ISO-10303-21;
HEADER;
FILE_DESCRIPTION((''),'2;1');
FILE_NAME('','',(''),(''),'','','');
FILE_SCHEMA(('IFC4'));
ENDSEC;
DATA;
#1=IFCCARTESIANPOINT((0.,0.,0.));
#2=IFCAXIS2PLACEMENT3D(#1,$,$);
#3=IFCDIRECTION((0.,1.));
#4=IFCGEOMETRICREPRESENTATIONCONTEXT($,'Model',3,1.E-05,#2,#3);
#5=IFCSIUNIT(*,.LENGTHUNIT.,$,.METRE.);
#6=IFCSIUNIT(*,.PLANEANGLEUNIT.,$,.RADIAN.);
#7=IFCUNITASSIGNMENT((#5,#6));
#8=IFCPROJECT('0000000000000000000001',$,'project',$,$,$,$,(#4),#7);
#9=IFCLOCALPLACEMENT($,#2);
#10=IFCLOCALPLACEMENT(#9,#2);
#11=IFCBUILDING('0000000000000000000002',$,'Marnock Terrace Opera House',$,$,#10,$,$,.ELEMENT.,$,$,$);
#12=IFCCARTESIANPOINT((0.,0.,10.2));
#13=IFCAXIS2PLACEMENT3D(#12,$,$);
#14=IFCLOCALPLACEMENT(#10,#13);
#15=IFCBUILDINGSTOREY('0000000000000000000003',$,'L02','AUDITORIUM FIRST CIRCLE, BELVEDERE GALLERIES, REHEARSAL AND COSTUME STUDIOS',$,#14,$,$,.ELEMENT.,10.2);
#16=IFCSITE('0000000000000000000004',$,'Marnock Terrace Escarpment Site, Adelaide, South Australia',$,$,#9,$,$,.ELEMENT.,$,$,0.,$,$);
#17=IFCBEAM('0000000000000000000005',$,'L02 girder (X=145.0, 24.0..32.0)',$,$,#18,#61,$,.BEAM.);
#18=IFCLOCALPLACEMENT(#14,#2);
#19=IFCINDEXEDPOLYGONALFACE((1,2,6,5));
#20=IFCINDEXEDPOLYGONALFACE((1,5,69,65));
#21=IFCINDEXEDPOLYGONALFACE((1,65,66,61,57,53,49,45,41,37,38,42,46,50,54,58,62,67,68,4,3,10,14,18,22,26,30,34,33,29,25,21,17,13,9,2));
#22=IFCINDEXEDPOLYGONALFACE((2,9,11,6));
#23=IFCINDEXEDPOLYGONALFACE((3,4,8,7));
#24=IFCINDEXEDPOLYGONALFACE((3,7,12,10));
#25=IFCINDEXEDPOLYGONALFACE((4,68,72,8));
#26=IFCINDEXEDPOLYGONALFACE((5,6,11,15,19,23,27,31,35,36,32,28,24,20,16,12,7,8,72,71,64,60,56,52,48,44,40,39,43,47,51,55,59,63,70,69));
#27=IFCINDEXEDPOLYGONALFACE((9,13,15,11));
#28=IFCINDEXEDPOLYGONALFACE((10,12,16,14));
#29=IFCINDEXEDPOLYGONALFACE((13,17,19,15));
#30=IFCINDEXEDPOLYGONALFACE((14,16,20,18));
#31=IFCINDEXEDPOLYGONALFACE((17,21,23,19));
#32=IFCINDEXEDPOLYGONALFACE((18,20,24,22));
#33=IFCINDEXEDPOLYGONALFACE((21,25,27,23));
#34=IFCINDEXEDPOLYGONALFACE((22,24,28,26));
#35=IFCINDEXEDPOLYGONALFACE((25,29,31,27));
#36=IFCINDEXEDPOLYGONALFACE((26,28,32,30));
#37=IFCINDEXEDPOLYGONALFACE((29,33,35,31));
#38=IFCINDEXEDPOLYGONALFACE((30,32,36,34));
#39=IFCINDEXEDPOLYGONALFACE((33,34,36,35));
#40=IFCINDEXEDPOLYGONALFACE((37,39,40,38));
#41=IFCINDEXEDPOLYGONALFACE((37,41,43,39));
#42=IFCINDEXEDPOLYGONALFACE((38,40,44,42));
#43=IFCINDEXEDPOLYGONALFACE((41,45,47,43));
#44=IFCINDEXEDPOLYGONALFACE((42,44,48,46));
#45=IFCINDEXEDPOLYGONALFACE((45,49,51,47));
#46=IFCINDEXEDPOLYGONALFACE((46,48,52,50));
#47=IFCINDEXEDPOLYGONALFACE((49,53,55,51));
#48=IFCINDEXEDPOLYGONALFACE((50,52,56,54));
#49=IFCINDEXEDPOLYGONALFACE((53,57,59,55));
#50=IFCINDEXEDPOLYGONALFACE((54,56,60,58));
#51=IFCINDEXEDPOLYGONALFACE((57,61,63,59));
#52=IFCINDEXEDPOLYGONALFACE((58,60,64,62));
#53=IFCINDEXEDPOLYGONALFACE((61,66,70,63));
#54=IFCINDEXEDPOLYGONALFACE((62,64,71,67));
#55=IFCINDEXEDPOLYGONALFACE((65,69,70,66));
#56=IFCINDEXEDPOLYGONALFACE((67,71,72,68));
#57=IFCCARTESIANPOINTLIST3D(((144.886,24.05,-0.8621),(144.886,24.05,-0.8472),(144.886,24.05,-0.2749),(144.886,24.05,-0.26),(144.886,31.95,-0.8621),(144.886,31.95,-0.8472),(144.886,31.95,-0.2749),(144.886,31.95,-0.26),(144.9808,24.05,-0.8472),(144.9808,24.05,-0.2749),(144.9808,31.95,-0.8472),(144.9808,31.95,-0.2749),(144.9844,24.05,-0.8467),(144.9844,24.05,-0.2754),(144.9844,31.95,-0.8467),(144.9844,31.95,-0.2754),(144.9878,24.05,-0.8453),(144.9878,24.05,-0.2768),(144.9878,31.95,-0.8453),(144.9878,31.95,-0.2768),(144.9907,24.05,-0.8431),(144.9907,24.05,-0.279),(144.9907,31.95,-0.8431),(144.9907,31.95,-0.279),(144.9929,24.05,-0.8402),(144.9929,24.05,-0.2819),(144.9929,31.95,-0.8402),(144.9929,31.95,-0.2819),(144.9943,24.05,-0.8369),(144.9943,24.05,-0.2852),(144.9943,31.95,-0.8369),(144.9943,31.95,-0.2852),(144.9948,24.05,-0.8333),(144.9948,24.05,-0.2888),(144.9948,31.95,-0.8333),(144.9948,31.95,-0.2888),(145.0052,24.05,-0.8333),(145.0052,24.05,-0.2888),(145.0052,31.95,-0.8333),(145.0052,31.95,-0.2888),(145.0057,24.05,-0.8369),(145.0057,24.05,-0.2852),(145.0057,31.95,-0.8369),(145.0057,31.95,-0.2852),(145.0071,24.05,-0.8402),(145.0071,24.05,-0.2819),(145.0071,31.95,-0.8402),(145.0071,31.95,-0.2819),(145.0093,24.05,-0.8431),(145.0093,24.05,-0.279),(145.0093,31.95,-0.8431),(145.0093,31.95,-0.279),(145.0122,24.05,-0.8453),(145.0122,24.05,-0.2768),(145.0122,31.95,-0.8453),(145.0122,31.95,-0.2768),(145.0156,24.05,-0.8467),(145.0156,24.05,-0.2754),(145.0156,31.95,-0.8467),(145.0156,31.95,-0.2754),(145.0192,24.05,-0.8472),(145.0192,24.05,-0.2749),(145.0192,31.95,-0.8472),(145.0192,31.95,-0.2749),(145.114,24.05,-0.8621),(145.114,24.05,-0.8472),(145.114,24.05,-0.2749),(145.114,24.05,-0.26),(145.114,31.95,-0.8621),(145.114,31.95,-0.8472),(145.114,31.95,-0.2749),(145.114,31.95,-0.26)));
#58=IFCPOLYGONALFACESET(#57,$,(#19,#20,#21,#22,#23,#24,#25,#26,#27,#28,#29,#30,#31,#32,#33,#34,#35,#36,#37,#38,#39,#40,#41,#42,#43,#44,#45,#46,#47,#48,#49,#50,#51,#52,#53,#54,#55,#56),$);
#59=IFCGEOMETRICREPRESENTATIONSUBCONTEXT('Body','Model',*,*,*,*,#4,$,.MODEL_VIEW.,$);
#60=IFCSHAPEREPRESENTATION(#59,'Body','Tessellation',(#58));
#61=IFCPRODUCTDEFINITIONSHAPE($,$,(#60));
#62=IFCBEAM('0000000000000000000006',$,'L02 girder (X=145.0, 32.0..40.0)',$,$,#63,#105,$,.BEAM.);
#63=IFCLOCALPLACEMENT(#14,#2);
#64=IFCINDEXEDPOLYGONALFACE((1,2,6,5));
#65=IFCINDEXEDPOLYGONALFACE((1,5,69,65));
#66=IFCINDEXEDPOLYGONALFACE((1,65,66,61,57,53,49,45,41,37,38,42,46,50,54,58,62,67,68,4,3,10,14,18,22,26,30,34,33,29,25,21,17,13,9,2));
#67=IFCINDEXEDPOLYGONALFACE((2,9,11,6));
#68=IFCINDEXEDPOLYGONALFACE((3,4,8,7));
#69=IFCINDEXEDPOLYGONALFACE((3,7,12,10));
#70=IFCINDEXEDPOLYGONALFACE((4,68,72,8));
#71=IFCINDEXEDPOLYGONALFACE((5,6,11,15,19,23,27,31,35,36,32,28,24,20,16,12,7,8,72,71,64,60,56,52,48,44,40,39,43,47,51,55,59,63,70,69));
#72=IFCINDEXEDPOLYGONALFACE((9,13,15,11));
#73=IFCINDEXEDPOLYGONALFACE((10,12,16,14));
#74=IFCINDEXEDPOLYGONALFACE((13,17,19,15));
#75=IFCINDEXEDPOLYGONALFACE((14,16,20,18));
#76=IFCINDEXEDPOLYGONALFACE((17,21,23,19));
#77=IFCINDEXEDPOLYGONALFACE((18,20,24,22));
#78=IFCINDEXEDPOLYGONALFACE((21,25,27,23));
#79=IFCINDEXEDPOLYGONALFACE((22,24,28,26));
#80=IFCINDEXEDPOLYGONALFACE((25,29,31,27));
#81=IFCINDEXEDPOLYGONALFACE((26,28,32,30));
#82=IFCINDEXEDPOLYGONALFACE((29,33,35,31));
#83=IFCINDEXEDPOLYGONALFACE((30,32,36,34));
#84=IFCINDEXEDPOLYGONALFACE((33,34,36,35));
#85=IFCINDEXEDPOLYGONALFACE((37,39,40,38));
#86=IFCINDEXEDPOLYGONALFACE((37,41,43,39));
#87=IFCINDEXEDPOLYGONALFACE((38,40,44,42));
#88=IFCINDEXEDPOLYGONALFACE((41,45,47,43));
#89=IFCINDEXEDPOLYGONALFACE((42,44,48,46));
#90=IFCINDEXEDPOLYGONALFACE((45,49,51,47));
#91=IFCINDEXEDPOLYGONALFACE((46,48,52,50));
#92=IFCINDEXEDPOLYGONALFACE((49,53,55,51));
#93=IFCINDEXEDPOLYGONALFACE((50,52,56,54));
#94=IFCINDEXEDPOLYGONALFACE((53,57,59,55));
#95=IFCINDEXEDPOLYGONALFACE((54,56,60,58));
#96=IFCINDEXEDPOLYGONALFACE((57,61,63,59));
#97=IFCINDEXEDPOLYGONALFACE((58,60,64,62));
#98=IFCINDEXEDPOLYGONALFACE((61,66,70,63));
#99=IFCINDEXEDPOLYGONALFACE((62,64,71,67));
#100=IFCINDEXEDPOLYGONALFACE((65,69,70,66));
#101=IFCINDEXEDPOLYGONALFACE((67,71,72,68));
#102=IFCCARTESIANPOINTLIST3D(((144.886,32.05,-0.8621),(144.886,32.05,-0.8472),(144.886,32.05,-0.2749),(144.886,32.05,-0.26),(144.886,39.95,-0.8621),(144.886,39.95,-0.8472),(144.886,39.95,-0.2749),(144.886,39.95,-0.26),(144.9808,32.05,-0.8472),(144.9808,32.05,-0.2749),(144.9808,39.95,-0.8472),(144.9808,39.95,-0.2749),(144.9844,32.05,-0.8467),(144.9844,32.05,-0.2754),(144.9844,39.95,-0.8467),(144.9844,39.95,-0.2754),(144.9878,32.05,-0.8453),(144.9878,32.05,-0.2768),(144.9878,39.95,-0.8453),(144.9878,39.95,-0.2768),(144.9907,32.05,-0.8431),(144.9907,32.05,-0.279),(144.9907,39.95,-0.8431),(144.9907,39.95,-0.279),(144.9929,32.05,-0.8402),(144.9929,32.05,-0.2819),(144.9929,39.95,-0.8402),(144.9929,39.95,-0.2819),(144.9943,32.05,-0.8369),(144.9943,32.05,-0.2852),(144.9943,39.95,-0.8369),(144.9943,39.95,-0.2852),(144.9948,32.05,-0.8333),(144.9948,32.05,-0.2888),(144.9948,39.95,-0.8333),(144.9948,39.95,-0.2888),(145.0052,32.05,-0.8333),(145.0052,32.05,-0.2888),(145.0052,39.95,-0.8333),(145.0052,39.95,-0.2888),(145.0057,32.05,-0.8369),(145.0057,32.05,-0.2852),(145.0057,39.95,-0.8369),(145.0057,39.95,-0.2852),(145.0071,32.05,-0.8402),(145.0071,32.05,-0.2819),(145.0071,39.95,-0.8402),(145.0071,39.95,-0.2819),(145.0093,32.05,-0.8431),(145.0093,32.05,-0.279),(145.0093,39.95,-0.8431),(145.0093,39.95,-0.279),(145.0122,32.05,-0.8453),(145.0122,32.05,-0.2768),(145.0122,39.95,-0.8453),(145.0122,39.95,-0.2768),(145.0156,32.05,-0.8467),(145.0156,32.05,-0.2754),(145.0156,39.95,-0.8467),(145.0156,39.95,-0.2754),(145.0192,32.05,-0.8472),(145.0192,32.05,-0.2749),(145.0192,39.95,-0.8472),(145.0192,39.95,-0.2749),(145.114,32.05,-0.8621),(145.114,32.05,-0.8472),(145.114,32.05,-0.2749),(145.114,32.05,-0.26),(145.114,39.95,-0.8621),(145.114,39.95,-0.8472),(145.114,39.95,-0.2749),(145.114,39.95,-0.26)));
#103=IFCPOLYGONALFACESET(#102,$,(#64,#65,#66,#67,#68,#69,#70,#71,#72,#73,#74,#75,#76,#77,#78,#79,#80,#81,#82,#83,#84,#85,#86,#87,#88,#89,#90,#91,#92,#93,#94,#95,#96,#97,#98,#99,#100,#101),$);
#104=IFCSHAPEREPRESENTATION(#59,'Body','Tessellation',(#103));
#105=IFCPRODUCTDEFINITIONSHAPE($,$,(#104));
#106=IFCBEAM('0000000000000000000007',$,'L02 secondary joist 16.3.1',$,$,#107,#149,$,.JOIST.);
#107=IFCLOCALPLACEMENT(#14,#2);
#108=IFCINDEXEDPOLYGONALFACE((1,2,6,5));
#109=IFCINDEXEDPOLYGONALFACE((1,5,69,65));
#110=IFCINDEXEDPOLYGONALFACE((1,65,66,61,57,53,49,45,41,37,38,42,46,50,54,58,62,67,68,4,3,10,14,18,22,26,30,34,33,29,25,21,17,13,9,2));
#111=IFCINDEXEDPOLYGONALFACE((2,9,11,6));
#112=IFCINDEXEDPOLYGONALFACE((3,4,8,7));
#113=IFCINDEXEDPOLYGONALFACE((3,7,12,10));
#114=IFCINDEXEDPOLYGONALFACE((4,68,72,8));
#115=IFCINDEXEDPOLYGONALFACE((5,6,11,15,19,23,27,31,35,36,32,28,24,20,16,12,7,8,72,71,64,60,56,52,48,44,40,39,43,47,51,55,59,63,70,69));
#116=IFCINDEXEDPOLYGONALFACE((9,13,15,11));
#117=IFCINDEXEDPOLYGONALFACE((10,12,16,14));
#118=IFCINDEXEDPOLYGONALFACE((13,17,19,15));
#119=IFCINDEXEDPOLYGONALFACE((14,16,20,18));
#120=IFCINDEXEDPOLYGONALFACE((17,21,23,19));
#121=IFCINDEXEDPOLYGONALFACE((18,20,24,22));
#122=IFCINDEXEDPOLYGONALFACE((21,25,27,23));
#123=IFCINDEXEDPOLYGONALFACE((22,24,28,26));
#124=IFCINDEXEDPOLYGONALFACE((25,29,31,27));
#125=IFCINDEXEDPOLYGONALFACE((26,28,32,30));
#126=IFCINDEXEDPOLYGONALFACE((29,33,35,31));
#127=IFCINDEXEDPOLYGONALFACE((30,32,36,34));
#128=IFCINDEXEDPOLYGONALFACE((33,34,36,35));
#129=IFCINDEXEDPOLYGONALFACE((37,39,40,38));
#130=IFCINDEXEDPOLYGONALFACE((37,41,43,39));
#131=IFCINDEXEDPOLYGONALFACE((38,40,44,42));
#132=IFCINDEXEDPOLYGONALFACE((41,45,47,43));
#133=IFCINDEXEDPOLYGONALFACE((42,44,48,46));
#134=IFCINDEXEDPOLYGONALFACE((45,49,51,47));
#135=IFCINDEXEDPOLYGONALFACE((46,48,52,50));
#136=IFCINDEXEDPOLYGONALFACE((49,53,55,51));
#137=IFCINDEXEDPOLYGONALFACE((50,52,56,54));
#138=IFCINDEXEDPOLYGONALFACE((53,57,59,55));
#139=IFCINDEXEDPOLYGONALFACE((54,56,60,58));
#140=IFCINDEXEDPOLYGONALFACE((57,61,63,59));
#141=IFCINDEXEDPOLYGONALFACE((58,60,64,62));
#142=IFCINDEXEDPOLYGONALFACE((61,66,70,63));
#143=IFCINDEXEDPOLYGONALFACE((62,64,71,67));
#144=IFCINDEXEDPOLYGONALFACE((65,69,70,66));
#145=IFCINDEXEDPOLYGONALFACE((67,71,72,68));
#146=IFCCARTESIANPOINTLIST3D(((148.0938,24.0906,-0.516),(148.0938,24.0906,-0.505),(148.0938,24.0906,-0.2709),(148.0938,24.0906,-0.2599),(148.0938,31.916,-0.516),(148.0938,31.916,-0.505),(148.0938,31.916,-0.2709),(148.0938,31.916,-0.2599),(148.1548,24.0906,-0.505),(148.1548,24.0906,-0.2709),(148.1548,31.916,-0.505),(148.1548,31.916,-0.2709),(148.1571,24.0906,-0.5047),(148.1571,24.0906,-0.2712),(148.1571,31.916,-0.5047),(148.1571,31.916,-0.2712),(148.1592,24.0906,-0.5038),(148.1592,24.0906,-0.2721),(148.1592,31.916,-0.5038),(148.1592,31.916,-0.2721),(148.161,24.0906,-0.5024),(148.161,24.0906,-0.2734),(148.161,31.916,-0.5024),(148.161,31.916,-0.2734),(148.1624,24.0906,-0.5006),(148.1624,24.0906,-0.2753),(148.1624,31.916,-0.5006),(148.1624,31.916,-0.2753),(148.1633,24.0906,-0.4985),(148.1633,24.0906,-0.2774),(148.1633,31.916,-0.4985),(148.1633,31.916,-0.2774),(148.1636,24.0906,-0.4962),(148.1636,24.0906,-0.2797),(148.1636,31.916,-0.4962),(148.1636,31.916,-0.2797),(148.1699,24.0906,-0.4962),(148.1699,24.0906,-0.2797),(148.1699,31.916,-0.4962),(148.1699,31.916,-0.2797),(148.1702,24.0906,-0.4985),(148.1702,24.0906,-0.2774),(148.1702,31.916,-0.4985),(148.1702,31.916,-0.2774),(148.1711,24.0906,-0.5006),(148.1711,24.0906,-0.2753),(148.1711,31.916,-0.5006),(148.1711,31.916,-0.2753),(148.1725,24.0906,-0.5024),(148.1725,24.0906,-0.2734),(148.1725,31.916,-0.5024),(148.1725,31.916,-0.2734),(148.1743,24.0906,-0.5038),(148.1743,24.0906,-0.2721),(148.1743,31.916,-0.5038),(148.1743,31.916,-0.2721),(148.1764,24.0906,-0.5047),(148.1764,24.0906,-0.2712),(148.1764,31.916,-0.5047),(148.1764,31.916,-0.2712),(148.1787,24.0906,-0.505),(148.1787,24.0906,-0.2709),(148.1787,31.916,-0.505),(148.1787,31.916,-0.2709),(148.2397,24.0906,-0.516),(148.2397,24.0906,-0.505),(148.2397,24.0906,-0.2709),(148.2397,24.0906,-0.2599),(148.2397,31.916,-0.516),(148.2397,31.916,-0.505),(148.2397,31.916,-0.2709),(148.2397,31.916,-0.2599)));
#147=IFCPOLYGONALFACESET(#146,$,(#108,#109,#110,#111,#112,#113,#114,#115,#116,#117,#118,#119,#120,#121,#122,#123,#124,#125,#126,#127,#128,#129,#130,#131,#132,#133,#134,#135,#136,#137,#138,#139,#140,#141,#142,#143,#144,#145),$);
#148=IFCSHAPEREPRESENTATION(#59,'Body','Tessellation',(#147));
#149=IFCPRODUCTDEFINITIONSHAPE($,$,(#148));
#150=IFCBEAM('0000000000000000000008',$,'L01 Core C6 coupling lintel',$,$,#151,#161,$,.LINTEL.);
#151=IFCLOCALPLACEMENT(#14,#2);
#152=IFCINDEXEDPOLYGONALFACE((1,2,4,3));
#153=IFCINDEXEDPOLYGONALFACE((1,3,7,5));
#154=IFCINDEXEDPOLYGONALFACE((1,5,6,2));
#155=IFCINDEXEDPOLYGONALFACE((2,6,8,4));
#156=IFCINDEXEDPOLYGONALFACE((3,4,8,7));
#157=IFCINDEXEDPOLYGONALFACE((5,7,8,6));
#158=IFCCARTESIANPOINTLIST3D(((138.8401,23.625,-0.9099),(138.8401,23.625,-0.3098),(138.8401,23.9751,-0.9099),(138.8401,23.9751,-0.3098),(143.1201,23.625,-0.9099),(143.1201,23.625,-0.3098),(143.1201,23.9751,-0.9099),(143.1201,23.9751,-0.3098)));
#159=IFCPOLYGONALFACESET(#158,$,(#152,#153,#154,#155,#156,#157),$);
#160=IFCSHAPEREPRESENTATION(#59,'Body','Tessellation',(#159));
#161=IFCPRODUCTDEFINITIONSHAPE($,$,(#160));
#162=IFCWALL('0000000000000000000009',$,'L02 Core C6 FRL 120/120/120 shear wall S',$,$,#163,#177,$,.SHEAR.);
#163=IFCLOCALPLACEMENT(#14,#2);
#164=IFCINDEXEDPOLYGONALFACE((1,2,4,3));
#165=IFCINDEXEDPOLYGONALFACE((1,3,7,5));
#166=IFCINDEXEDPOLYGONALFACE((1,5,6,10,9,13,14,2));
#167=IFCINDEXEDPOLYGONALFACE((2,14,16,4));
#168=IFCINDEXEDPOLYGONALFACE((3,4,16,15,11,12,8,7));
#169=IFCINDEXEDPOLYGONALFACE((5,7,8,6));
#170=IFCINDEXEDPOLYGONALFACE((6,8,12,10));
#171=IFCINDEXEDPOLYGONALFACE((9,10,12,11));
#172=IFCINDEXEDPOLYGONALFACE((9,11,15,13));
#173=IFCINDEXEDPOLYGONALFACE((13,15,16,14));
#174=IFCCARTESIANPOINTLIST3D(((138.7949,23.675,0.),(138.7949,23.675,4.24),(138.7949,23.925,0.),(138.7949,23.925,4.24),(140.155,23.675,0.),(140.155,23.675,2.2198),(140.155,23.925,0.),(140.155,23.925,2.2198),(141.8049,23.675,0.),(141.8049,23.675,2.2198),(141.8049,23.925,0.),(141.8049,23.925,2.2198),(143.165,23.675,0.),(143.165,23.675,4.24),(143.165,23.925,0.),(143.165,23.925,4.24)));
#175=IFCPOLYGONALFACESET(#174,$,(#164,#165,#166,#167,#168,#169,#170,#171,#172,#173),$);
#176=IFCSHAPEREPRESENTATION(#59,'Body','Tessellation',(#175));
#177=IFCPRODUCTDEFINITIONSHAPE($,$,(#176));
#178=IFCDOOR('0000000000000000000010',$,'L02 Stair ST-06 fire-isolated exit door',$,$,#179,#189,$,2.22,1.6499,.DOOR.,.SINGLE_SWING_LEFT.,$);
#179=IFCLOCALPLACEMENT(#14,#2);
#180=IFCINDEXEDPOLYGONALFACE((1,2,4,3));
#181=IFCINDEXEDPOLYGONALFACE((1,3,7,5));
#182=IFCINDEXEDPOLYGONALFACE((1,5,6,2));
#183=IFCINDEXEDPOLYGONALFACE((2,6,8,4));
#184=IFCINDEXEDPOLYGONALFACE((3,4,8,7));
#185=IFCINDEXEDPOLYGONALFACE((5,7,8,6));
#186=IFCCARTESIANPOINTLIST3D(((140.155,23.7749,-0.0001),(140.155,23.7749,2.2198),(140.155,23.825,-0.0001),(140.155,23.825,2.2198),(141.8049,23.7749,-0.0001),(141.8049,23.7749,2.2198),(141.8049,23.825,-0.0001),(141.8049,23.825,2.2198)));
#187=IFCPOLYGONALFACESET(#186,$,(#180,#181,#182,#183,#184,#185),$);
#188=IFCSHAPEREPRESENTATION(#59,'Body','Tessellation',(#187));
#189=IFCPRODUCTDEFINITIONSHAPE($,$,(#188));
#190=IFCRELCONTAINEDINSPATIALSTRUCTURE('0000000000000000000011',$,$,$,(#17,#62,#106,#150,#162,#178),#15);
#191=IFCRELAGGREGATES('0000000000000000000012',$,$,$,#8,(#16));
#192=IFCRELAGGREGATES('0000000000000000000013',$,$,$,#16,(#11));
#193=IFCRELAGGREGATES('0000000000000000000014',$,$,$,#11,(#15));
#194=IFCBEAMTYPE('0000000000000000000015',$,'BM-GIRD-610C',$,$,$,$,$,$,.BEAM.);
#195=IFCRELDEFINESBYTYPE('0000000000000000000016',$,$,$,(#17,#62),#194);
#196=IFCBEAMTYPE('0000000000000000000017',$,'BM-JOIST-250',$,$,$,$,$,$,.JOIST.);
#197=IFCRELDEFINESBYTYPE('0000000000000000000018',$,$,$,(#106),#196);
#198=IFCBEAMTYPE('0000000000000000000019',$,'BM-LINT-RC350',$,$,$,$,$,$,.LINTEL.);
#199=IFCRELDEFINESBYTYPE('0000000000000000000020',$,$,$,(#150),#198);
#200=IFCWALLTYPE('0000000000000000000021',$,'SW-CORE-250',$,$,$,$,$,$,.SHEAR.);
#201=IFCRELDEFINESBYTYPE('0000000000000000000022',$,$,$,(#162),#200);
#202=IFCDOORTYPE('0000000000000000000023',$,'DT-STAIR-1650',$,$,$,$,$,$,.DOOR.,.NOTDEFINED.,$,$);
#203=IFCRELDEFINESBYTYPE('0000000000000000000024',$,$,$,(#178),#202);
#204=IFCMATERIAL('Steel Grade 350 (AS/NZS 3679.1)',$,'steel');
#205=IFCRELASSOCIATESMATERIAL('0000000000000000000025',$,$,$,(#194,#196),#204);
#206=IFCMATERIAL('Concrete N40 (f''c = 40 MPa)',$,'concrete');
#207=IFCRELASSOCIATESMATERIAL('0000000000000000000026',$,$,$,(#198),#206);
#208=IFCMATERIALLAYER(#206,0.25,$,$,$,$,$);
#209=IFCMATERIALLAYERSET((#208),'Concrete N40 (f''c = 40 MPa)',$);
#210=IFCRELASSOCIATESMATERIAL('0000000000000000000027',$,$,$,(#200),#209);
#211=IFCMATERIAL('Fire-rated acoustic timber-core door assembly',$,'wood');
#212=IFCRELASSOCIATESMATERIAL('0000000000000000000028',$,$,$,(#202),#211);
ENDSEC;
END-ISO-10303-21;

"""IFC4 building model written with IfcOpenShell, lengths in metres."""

from ifc_helpers import new_model, si_unit, direction, frame, frame_2d, origin, origin_2d, place, context, subcontext, project, spatial, rectangle, i_section, extrude, material, layer, layer_set, material_profile, profile_set, type_object, element, fill, save


model = new_model("IFC4")

# Units and contexts
model_context = context("Model", 3, precision=1e-05, world=origin(), true_north=direction((0.0, 1.0)))
body_context = subcontext(model_context, "Body", "Model", "MODEL_VIEW")
ifc_project = project(units=[si_unit("LENGTHUNIT", "METRE"), si_unit("PLANEANGLEUNIT", "RADIAN")], contexts=[model_context])

# Site, building, storey
site_placement = place(None, origin())
site = spatial("IfcSite", under=ifc_project, at=site_placement, Name="Marnock Terrace Escarpment Site, Adelaide, South Australia", CompositionType="ELEMENT", RefElevation=0.0)
building_placement = place(site_placement, origin())
building = spatial("IfcBuilding", under=site, at=building_placement, Name="Marnock Terrace Opera House", CompositionType="ELEMENT")
storey_placement = place(building_placement, frame((0.0, 0.0, 10.2)))
storey = spatial("IfcBuildingStorey", under=building, at=storey_placement, Name="L02", Description="AUDITORIUM FIRST CIRCLE, BELVEDERE GALLERIES, REHEARSAL AND COSTUME STUDIOS", CompositionType="ELEMENT", Elevation=10.2)

# Shared definitions
ifc_material_1 = material(Name="Concrete N40 (f'c = 40 MPa)", Category="concrete")
ifc_material_2 = material(Name="Steel Grade 350 (AS/NZS 3679.1)", Category="steel")

# Beams
ifc_material_profile_1 = material_profile(ifc_material_2, i_section(OverallWidth=0.228, OverallDepth=0.6021, WebThickness=0.0105, FlangeThickness=0.0149, FilletRadius=0.0139, at=origin_2d()))
ifc_profile_set_1 = profile_set([ifc_material_profile_1], Name="Steel Grade 350 (AS/NZS 3679.1)")
beam_type_1 = type_object("IfcBeamType", Name="BM-GIRD-610C", PredefinedType="BEAM", material=ifc_profile_set_1)
for number, where, z_axis, x_axis, name in (
    (1, (145.0, 24.05, -0.561), (0.0, 1.0, 0.0), (-1.0, 0.0, 0.0), "L02 girder (X=145.0, 24.0..32.0)"),
    (2, (145.0, 32.05, -0.561), (0.0, 1.0, 0.0), (-1.0, 0.0, 0.0), "L02 girder (X=145.0, 32.0..40.0)"),
):
    element("IfcBeam", number, at=place(storey_placement, frame(where, z_axis=z_axis, x_axis=x_axis)), inside=storey, type_object=beam_type_1, Name=name, PredefinedType="BEAM", context=body_context, shape_type="SweptSolid", body=[
        extrude(i_section(OverallWidth=0.228, OverallDepth=0.6021, WebThickness=0.0105, FlangeThickness=0.0149, FilletRadius=0.0139, at=origin_2d()), origin(), (0.0, 0.0, 1.0), 7.8999),
    ])
ifc_material_profile_2 = material_profile(ifc_material_2, i_section(OverallWidth=0.146, OverallDepth=0.2561, WebThickness=0.0063, FlangeThickness=0.011, FilletRadius=0.0088, at=origin_2d()))
ifc_profile_set_2 = profile_set([ifc_material_profile_2], Name="Steel Grade 350 (AS/NZS 3679.1)")
beam_type_2 = type_object("IfcBeamType", Name="BM-JOIST-250", PredefinedType="JOIST", material=ifc_profile_set_2)
beam_1_placement = place(storey_placement, frame((148.1667, 24.0906, -0.3879), z_axis=(0.0, 1.0, 0.0), x_axis=(-1.0, 0.0, 0.0)))
element("IfcBeam", 3, at=beam_1_placement, inside=storey, type_object=beam_type_2, Name="L02 secondary joist 16.3.1", PredefinedType="JOIST", context=body_context, shape_type="SweptSolid", body=[
    extrude(i_section(OverallWidth=0.146, OverallDepth=0.2561, WebThickness=0.0063, FlangeThickness=0.011, FilletRadius=0.0088, at=origin_2d()), origin(), (0.0, 0.0, 1.0), 7.8254),
])
ifc_material_profile_3 = material_profile(ifc_material_1, rectangle(XDim=0.3501, YDim=0.6001, at=origin_2d()))
ifc_profile_set_3 = profile_set([ifc_material_profile_3], Name="Concrete N40 (f'c = 40 MPa)")
beam_type_3 = type_object("IfcBeamType", Name="BM-LINT-RC350", PredefinedType="LINTEL", material=ifc_profile_set_3)
beam_2_placement = place(storey_placement, frame((138.8401, 23.8, -0.6099), z_axis=(1.0, 0.0, 0.0), x_axis=(0.0, 1.0, 0.0)))
element("IfcBeam", 4, at=beam_2_placement, inside=storey, type_object=beam_type_3, Name="L01 Core C6 coupling lintel", PredefinedType="LINTEL", context=body_context, shape_type="SweptSolid", body=[
    extrude(rectangle(XDim=0.3501, YDim=0.6001, at=origin_2d()), origin(), (0.0, 0.0, 1.0), 4.28),
])

# Wall, opening, door
ifc_layer = layer(ifc_material_1, 0.25)
ifc_layer_set = layer_set([ifc_layer], Name="Concrete N40 (f'c = 40 MPa)")
wall_type = type_object("IfcWallType", Name="SW-CORE-250", PredefinedType="SHEAR", material=ifc_layer_set)
wall_1_placement = place(storey_placement, frame((138.7949, 23.8, 0.0), z_axis=(0.0, 0.0, 1.0), x_axis=(1.0, 0.0, 0.0)))
wall_1 = element("IfcWall", 5, at=wall_1_placement, inside=storey, type_object=wall_type, Name="L02 Core C6 FRL 120/120/120 shear wall S", PredefinedType="SHEAR", context=body_context, shape_type="SweptSolid", body=[
    extrude(rectangle(XDim=4.3701, YDim=0.25, at=frame_2d((2.1851, 0.0))), origin(), (0.0, 0.0, 1.0), 4.24),
])
opening_placement = place(wall_1_placement, frame((1.3601, 0.0, 0.0)))
opening = element("IfcOpeningElement", 6, at=opening_placement, cuts=wall_1, PredefinedType="OPENING", context=body_context, shape_type="SweptSolid", body=[
    extrude(rectangle(XDim=1.6499, YDim=2.22, at=frame_2d((0.825, 1.1099))), frame((0.0, 0.135, 0.0), z_axis=(0.0, -1.0, 0.0), x_axis=(1.0, 0.0, 0.0)), (0.0, 0.0, 1.0), 0.27),
])
ifc_material_3 = material(Name="Fire-rated acoustic timber-core door assembly", Category="wood")
door_type = type_object("IfcDoorType", Name="DT-STAIR-1650", OperationType="NOTDEFINED", PredefinedType="DOOR", material=ifc_material_3)
door_placement = place(opening_placement, origin())
door = element("IfcDoor", 7, at=door_placement, inside=storey, type_object=door_type, Name="L02 Stair ST-06 fire-isolated exit door", OperationType="SINGLE_SWING_LEFT", OverallHeight=2.22, OverallWidth=1.6499, PredefinedType="DOOR", context=body_context, shape_type="SweptSolid", body=[
    extrude(rectangle(XDim=1.6499, YDim=2.22, at=frame_2d((0.825, 1.1099))), frame((0.0, 0.0249, 0.0), z_axis=(0.0, -1.0, 0.0), x_axis=(1.0, 0.0, 0.0)), (0.0, 0.0, 1.0), 0.05),
])
fill(opening, door)

save(model, "model.ifc")
